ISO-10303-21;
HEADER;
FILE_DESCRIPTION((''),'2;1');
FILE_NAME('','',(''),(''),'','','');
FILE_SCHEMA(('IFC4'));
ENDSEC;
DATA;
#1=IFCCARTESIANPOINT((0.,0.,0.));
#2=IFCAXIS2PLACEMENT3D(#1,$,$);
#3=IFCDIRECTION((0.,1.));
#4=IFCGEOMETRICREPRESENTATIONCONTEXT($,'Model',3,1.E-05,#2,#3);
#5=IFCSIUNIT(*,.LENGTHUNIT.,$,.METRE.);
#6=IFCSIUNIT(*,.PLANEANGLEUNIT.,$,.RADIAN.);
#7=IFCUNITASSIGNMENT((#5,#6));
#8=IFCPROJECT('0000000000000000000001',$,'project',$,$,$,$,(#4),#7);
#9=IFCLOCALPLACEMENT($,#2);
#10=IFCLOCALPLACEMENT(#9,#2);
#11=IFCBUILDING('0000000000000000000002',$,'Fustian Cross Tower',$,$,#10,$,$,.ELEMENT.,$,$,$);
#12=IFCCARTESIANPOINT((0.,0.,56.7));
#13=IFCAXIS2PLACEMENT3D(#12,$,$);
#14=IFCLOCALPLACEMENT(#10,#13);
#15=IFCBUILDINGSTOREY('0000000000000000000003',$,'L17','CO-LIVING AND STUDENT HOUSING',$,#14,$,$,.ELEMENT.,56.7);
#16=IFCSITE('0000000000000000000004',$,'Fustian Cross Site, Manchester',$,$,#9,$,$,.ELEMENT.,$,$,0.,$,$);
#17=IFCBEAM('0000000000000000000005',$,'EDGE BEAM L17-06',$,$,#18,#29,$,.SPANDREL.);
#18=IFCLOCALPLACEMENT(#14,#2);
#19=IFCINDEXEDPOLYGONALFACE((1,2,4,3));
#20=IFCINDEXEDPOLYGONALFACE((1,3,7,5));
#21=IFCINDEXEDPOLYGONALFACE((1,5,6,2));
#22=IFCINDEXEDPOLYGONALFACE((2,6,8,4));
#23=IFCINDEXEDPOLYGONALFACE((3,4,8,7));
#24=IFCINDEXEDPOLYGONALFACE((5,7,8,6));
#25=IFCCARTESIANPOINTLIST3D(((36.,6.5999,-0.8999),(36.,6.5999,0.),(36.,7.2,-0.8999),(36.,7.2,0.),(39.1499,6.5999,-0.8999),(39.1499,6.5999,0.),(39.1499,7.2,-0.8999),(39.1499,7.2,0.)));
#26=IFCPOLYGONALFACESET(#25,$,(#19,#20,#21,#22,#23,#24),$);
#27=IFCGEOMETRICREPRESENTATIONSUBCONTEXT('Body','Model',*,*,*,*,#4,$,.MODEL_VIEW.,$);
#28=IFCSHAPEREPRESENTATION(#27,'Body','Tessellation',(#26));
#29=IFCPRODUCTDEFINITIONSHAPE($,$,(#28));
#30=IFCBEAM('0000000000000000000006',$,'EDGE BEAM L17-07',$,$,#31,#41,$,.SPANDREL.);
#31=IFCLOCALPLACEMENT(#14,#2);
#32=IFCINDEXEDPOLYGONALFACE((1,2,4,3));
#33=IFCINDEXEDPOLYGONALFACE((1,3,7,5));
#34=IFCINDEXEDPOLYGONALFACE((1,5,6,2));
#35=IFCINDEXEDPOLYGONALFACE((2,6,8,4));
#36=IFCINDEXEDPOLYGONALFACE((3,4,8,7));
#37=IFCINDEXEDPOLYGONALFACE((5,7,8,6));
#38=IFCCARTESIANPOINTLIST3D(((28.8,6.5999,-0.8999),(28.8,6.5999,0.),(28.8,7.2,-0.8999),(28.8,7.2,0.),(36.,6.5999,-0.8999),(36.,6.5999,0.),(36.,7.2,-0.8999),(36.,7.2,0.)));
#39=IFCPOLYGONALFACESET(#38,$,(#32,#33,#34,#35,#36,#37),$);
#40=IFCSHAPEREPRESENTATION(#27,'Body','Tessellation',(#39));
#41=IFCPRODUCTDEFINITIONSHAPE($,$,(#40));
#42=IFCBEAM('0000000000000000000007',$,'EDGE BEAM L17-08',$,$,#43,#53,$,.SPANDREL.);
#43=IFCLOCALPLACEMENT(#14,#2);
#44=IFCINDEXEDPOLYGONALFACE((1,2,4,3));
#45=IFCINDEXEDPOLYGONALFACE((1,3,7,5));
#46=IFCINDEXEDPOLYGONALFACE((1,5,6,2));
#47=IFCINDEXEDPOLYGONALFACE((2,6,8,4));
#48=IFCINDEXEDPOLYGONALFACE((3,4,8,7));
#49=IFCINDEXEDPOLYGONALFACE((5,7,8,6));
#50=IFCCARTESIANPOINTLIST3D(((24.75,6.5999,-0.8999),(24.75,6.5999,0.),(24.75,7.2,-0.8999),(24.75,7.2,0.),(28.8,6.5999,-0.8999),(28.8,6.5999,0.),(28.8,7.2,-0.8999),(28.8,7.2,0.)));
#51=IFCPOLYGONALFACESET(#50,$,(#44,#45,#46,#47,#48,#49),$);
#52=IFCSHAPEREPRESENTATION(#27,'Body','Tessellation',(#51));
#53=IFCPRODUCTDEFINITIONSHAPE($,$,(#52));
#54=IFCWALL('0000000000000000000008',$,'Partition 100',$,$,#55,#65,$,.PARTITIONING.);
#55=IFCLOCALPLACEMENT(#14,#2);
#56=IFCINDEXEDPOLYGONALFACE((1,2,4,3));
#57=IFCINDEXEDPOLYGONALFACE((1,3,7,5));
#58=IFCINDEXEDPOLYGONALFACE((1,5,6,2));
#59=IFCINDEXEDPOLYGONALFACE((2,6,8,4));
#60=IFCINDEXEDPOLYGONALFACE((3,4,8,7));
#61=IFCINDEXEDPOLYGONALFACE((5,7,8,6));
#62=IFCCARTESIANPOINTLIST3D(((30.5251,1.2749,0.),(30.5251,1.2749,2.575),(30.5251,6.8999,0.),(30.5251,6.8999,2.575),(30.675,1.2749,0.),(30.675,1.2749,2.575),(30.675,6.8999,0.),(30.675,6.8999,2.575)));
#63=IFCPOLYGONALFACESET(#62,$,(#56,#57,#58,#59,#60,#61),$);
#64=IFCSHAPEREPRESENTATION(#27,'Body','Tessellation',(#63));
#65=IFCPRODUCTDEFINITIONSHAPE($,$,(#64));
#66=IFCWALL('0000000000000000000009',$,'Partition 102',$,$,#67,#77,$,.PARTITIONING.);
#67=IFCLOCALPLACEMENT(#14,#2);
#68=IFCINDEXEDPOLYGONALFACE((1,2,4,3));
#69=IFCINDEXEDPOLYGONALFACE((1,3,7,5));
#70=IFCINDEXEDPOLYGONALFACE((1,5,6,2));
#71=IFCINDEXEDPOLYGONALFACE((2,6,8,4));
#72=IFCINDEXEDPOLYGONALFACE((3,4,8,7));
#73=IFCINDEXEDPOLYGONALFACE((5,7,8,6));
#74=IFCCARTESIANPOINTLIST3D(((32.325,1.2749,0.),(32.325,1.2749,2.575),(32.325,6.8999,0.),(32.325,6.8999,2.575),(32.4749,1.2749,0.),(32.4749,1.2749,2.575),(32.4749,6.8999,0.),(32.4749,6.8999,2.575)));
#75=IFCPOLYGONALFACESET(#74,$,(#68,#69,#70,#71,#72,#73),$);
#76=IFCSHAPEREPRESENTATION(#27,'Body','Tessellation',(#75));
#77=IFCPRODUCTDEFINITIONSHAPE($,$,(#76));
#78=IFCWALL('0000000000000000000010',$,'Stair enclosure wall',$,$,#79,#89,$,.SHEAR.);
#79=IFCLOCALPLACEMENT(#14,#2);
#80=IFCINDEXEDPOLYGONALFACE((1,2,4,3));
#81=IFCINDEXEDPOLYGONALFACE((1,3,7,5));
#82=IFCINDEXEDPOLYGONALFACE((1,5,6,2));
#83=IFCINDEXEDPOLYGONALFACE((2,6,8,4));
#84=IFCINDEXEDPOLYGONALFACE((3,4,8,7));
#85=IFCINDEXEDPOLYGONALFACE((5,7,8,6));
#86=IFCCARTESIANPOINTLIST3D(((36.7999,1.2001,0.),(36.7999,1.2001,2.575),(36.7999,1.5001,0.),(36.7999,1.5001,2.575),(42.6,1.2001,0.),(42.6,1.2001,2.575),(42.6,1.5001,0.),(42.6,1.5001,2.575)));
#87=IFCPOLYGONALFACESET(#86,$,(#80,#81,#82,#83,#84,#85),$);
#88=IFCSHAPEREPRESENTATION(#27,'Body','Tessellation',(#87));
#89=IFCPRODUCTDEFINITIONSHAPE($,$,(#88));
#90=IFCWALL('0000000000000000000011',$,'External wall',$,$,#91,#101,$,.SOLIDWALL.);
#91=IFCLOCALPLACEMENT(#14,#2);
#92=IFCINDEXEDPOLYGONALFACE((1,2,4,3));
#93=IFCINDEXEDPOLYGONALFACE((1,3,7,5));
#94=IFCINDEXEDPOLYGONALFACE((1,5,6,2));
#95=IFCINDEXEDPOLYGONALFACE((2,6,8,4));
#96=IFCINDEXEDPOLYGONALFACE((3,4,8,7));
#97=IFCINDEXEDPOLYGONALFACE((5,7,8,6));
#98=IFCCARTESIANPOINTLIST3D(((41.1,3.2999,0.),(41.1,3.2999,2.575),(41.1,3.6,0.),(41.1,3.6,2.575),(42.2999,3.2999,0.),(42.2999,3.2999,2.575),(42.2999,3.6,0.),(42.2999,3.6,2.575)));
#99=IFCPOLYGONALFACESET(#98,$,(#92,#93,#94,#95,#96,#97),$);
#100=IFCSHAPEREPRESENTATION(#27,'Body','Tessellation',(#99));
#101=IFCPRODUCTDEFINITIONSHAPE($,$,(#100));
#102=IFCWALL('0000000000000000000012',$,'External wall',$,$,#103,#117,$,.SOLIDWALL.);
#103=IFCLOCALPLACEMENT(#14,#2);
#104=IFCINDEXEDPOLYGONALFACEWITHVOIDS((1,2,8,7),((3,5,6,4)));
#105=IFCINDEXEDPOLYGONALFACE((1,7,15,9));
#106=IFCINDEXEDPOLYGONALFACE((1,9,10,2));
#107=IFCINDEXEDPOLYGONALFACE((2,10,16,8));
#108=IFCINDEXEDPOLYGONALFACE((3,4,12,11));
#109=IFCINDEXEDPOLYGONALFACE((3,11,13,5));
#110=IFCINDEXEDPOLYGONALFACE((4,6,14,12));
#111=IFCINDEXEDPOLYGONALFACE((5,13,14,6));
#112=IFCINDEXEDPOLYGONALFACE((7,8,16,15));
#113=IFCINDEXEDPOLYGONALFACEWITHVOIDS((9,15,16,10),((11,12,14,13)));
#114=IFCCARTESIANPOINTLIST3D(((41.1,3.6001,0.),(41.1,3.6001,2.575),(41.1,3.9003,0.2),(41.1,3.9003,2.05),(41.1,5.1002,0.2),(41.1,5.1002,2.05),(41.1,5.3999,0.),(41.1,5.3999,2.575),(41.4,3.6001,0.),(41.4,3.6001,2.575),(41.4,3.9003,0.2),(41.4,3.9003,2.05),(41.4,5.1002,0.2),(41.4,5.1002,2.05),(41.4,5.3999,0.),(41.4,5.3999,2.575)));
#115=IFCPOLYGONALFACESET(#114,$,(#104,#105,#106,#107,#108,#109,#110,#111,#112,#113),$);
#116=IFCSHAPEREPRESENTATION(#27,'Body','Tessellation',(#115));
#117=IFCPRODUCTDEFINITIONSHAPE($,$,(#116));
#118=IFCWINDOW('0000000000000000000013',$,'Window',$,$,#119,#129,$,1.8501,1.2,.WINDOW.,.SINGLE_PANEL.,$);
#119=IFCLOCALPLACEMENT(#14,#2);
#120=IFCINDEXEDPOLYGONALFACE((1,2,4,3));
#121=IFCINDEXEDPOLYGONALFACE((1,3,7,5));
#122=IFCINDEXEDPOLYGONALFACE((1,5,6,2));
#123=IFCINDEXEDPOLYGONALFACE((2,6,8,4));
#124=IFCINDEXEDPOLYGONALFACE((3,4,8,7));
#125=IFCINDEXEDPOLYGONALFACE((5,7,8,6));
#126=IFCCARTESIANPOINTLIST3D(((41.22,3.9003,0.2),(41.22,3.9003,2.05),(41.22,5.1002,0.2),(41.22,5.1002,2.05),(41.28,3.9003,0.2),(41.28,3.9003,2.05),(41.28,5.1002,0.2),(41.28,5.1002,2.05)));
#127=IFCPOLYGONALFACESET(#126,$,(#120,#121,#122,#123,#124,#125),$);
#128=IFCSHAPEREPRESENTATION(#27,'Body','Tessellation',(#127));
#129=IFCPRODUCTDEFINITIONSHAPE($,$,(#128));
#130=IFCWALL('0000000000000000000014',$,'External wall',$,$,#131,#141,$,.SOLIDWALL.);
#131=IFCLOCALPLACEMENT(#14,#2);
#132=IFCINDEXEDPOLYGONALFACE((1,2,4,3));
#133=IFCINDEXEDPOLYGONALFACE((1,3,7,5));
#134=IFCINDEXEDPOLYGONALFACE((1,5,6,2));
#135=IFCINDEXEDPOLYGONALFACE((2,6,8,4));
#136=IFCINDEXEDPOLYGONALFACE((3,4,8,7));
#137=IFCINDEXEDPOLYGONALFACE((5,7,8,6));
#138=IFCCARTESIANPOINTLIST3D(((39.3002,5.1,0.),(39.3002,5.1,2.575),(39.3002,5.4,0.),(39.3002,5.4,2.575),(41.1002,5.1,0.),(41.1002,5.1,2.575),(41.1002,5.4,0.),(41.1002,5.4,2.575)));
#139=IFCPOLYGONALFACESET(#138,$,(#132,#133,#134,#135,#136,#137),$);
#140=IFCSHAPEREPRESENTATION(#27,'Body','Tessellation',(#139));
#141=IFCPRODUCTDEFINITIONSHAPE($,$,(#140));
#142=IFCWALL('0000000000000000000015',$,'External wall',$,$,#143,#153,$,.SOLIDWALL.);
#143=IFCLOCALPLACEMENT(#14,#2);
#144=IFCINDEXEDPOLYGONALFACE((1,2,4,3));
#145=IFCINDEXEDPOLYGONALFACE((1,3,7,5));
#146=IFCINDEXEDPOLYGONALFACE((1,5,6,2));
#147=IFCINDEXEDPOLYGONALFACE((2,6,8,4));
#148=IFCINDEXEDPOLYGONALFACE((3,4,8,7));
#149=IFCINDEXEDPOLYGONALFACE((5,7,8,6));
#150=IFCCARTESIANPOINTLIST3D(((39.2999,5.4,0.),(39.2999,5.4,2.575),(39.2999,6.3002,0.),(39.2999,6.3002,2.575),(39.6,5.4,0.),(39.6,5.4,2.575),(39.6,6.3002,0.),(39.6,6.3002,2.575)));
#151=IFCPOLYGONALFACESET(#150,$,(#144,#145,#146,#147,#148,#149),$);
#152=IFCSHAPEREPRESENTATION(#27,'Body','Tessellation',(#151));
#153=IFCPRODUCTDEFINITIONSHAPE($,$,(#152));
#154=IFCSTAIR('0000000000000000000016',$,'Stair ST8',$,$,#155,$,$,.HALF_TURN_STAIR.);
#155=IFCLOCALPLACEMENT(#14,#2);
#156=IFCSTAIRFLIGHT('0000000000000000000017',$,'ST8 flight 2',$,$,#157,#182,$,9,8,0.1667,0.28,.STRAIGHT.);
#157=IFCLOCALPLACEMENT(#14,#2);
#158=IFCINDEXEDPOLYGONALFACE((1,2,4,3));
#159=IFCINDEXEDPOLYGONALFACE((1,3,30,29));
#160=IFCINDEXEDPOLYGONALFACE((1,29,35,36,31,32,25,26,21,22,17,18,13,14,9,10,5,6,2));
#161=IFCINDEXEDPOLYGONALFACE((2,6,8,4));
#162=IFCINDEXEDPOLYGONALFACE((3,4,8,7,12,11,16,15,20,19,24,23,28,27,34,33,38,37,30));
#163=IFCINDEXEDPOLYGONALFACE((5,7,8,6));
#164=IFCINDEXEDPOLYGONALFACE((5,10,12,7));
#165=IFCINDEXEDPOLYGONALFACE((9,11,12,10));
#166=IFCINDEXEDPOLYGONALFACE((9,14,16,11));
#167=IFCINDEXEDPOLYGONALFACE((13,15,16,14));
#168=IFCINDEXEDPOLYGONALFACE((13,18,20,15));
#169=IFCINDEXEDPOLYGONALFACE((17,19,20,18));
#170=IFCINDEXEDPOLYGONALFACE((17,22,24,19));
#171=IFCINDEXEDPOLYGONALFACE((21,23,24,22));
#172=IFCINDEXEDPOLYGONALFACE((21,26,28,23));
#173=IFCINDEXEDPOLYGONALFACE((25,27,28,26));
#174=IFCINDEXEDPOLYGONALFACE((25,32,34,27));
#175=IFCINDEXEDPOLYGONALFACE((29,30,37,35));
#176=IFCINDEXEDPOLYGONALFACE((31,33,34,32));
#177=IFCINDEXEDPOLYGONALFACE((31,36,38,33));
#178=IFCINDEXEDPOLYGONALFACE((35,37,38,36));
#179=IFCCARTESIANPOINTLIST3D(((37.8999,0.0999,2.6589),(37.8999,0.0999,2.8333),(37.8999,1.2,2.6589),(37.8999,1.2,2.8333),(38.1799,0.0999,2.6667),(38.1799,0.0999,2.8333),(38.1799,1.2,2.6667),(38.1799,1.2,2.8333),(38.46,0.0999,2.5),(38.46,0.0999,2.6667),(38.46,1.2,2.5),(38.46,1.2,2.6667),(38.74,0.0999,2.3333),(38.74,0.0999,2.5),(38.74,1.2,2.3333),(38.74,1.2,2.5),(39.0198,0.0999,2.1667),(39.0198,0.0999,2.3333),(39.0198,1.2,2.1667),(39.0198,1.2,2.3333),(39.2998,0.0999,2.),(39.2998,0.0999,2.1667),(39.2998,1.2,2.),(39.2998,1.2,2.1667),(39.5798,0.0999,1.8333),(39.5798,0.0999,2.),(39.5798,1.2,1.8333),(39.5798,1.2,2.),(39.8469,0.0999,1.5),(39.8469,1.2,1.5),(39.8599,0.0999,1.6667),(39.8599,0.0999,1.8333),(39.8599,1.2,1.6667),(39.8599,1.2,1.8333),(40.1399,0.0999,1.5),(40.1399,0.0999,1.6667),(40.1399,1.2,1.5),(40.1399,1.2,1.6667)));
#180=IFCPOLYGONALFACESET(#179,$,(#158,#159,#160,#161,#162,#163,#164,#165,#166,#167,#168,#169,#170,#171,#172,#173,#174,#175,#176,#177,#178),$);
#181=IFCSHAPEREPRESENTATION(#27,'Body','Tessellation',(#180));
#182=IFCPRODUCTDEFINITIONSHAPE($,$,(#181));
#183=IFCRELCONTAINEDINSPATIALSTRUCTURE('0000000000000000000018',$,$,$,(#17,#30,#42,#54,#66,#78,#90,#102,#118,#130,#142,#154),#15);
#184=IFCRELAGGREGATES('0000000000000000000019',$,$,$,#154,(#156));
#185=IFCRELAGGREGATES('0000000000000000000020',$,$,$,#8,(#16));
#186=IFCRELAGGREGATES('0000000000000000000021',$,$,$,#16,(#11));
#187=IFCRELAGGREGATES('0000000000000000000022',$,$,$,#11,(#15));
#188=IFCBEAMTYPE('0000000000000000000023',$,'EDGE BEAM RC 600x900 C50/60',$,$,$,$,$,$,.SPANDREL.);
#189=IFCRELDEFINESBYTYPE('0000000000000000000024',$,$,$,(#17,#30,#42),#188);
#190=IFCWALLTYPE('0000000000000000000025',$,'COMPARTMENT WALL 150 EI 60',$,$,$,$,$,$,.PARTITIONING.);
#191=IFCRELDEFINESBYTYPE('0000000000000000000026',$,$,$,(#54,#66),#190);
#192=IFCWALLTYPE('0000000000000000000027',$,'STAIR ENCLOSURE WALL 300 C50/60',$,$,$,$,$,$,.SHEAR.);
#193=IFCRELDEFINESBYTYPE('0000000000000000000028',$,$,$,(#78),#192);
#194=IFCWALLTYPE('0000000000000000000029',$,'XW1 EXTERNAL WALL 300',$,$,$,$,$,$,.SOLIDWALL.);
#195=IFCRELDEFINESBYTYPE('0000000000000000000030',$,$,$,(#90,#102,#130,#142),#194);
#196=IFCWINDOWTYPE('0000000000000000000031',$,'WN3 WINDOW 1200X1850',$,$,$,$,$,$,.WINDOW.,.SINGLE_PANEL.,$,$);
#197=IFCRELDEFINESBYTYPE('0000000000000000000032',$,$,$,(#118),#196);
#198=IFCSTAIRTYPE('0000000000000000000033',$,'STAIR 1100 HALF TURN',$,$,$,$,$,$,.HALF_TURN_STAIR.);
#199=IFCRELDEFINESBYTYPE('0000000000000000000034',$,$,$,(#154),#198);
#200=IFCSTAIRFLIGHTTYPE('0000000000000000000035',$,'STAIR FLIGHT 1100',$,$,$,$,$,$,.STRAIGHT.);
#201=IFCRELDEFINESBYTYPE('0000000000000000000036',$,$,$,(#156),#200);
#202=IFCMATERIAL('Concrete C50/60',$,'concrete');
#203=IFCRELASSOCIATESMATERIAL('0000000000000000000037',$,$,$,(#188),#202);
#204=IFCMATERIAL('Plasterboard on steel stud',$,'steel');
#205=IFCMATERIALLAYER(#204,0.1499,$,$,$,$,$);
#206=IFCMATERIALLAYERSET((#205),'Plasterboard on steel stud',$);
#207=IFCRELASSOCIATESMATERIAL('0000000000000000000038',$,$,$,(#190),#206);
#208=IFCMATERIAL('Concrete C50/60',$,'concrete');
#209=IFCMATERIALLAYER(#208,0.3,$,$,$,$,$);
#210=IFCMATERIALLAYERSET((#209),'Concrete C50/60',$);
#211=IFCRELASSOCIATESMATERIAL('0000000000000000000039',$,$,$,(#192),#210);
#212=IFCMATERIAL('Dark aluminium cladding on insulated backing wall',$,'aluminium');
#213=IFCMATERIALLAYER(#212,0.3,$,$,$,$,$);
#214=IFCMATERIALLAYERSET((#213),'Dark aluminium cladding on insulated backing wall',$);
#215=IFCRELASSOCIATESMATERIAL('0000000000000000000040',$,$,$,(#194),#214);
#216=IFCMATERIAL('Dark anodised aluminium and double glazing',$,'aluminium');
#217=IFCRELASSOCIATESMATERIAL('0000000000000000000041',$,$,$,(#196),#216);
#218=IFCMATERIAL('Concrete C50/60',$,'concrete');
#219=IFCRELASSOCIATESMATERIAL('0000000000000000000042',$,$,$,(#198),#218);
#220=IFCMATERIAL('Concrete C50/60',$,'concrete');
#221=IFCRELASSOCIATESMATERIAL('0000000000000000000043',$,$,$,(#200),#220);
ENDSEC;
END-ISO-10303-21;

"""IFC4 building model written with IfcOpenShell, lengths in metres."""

from ifc_helpers import new_model, si_unit, direction, frame, frame_2d, origin, origin_2d, place, context, subcontext, project, spatial, polyline, rectangle, outline, extrude, material, layer, layer_set, material_profile, profile_set, type_object, element, fill, aggregate, save


model = new_model("IFC4")

# Units and contexts
model_context = context("Model", 3, precision=1e-05, world=origin(), true_north=direction((0.0, 1.0)))
body_context = subcontext(model_context, "Body", "Model", "MODEL_VIEW")
ifc_project = project(units=[si_unit("LENGTHUNIT", "METRE"), si_unit("PLANEANGLEUNIT", "RADIAN")], contexts=[model_context])

# Site, building, storey
site_placement = place(None, origin())
site = spatial("IfcSite", under=ifc_project, at=site_placement, Name="Fustian Cross Site, Manchester", CompositionType="ELEMENT", RefElevation=0.0)
building_placement = place(site_placement, origin())
building = spatial("IfcBuilding", under=site, at=building_placement, Name="Fustian Cross Tower", CompositionType="ELEMENT")
storey_placement = place(building_placement, frame((0.0, 0.0, 56.7)))
storey = spatial("IfcBuildingStorey", under=building, at=storey_placement, Name="L17", Description="CO-LIVING AND STUDENT HOUSING", CompositionType="ELEMENT", Elevation=56.7)

# Beams
ifc_material_1 = material(Name="Concrete C50/60", Category="concrete")
ifc_material_profile_1 = material_profile(ifc_material_1, rectangle(XDim=0.6001, YDim=0.8999, at=origin_2d()), Name="RC 600x900")
ifc_profile_set_1 = profile_set([ifc_material_profile_1], Name="Concrete C50/60")
beam_type = type_object("IfcBeamType", Name="EDGE BEAM RC 600x900 C50/60", PredefinedType="SPANDREL", material=ifc_profile_set_1)
beam_1_placement = place(storey_placement, frame((39.1499, 6.8999, -0.45), z_axis=(-1.0, 0.0, 0.0), x_axis=(0.0, -1.0, 0.0)))
element("IfcBeam", 1, at=beam_1_placement, inside=storey, type_object=beam_type, Name="EDGE BEAM L17-06", PredefinedType="SPANDREL", context=body_context, shape_type="SweptSolid", body=[
    extrude(rectangle(XDim=0.6001, YDim=0.8999, at=origin_2d()), origin(), (0.0, 0.0, 1.0), 3.1499),
])
beam_2_placement = place(storey_placement, frame((36.0, 6.8999, -0.45), z_axis=(-1.0, 0.0, 0.0), x_axis=(0.0, -1.0, 0.0)))
element("IfcBeam", 2, at=beam_2_placement, inside=storey, type_object=beam_type, Name="EDGE BEAM L17-07", PredefinedType="SPANDREL", context=body_context, shape_type="SweptSolid", body=[
    extrude(rectangle(XDim=0.6001, YDim=0.8999, at=origin_2d()), origin(), (0.0, 0.0, 1.0), 7.2),
])
beam_3_placement = place(storey_placement, frame((28.8, 6.8999, -0.45), z_axis=(-1.0, 0.0, 0.0), x_axis=(0.0, -1.0, 0.0)))
element("IfcBeam", 3, at=beam_3_placement, inside=storey, type_object=beam_type, Name="EDGE BEAM L17-08", PredefinedType="SPANDREL", context=body_context, shape_type="SweptSolid", body=[
    extrude(rectangle(XDim=0.6001, YDim=0.8999, at=origin_2d()), origin(), (0.0, 0.0, 1.0), 4.05),
])

# Walls
ifc_material_2 = material(Name="Plasterboard on steel stud", Category="steel")
ifc_layer_1 = layer(ifc_material_2, 0.1499)
ifc_layer_set_1 = layer_set([ifc_layer_1], Name="Plasterboard on steel stud")
wall_type_1 = type_object("IfcWallType", Name="COMPARTMENT WALL 150 EI 60", PredefinedType="PARTITIONING", material=ifc_layer_set_1)
for number, where, z_axis, x_axis, name in (
    (4, (30.6001, 1.2749, 0.0), (0.0, 0.0, 1.0), (0.0, 1.0, 0.0), "Partition 100"),
    (5, (32.3999, 1.2749, 0.0), (0.0, 0.0, 1.0), (0.0, 1.0, 0.0), "Partition 102"),
):
    element("IfcWall", number, at=place(storey_placement, frame(where, z_axis=z_axis, x_axis=x_axis)), inside=storey, type_object=wall_type_1, Name=name, PredefinedType="PARTITIONING", context=body_context, shape_type="SweptSolid", body=[
        extrude(rectangle(XDim=5.625, YDim=0.1499, at=frame_2d((2.8125, 0.0))), origin(), (0.0, 0.0, 1.0), 2.575),
    ])
ifc_material_3 = material(Name="Concrete C50/60", Category="concrete")
ifc_layer_2 = layer(ifc_material_3, 0.3)
ifc_layer_set_2 = layer_set([ifc_layer_2], Name="Concrete C50/60")
wall_type_2 = type_object("IfcWallType", Name="STAIR ENCLOSURE WALL 300 C50/60", PredefinedType="SHEAR", material=ifc_layer_set_2)
wall_1_placement = place(storey_placement, frame((36.8, 1.3501, 0.0), z_axis=(0.0, 0.0, 1.0), x_axis=(1.0, 0.0, 0.0)))
element("IfcWall", 6, at=wall_1_placement, inside=storey, type_object=wall_type_2, Name="Stair enclosure wall", PredefinedType="SHEAR", context=body_context, shape_type="SweptSolid", body=[
    extrude(rectangle(XDim=5.8, YDim=0.3, at=frame_2d((2.8999, 0.0))), origin(), (0.0, 0.0, 1.0), 2.575),
])
ifc_material_4 = material(Name="Dark aluminium cladding on insulated backing wall", Category="aluminium")
ifc_layer_3 = layer(ifc_material_4, 0.3)
ifc_layer_set_3 = layer_set([ifc_layer_3], Name="Dark aluminium cladding on insulated backing wall")
wall_type_3 = type_object("IfcWallType", Name="XW1 EXTERNAL WALL 300", PredefinedType="SOLIDWALL", material=ifc_layer_set_3)
wall_2_placement = place(storey_placement, frame((42.3, 3.45, 0.0), z_axis=(0.0, 0.0, 1.0), x_axis=(-1.0, 0.0, 0.0)))
element("IfcWall", 7, at=wall_2_placement, inside=storey, type_object=wall_type_3, Name="External wall", PredefinedType="SOLIDWALL", context=body_context, shape_type="SweptSolid", body=[
    extrude(rectangle(XDim=1.2, YDim=0.3, at=frame_2d((0.6001, 0.0))), origin(), (0.0, 0.0, 1.0), 2.575),
])

# Wall, opening, window
wall_3_placement = place(storey_placement, frame((41.25, 3.6001, 0.0), z_axis=(0.0, 0.0, 1.0), x_axis=(0.0, 1.0, 0.0)))
wall_3 = element("IfcWall", 8, at=wall_3_placement, inside=storey, type_object=wall_type_3, Name="External wall", PredefinedType="SOLIDWALL", context=body_context, shape_type="SweptSolid", body=[
    extrude(rectangle(XDim=1.7998, YDim=0.3, at=frame_2d((0.8999, 0.0))), origin(), (0.0, 0.0, 1.0), 2.575),
])
opening_placement = place(wall_3_placement, frame((0.3, 0.0, 0.2)))
opening = element("IfcOpeningElement", 9, at=opening_placement, cuts=wall_3, PredefinedType="OPENING", context=body_context, shape_type="SweptSolid", body=[
    extrude(rectangle(XDim=1.2, YDim=1.8501, at=frame_2d((0.6001, 0.925))), frame((0.0, 0.1599, 0.0), z_axis=(0.0, -1.0, 0.0), x_axis=(1.0, 0.0, 0.0)), (0.0, 0.0, 1.0), 0.3201),
])
ifc_material_5 = material(Name="Dark anodised aluminium and double glazing", Category="aluminium")
window_type = type_object("IfcWindowType", Name="WN3 WINDOW 1200X1850", PartitioningType="SINGLE_PANEL", PredefinedType="WINDOW", material=ifc_material_5)
window_placement = place(opening_placement, origin())
window = element("IfcWindow", 10, at=window_placement, inside=storey, type_object=window_type, Name="Window", OverallHeight=1.8501, OverallWidth=1.2, PartitioningType="SINGLE_PANEL", PredefinedType="WINDOW", context=body_context, shape_type="SweptSolid", body=[
    extrude(rectangle(XDim=1.2, YDim=1.8501, at=frame_2d((0.6001, 0.925))), frame((0.0, 0.03, 0.0), z_axis=(0.0, -1.0, 0.0), x_axis=(1.0, 0.0, 0.0)), (0.0, 0.0, 1.0), 0.0601),
])
fill(opening, window)

# Walls
wall_4_placement = place(storey_placement, frame((41.1001, 5.25, 0.0), z_axis=(0.0, 0.0, 1.0), x_axis=(-1.0, 0.0, 0.0)))
element("IfcWall", 11, at=wall_4_placement, inside=storey, type_object=wall_type_3, Name="External wall", PredefinedType="SOLIDWALL", context=body_context, shape_type="SweptSolid", body=[
    extrude(rectangle(XDim=1.8, YDim=0.3, at=frame_2d((0.8999, 0.0))), origin(), (0.0, 0.0, 1.0), 2.575),
])
wall_5_placement = place(storey_placement, frame((39.45, 5.3999, 0.0), z_axis=(0.0, 0.0, 1.0), x_axis=(0.0, 1.0, 0.0)))
element("IfcWall", 12, at=wall_5_placement, inside=storey, type_object=wall_type_3, Name="External wall", PredefinedType="SOLIDWALL", context=body_context, shape_type="SweptSolid", body=[
    extrude(rectangle(XDim=0.9001, YDim=0.3, at=frame_2d((0.4502, 0.0))), origin(), (0.0, 0.0, 1.0), 2.575),
])

# Stair, stair flight
ifc_material_6 = material(Name="Concrete C50/60", Category="concrete")
stair_type = type_object("IfcStairType", Name="STAIR 1100 HALF TURN", PredefinedType="HALF_TURN_STAIR", material=ifc_material_6)
stair_placement = place(storey_placement, origin())
stair = element("IfcStair", 13, at=stair_placement, inside=storey, type_object=stair_type, Name="Stair ST8", PredefinedType="HALF_TURN_STAIR")
ifc_material_7 = material(Name="Concrete C50/60", Category="concrete")
stair_flight_type = type_object("IfcStairFlightType", Name="STAIR FLIGHT 1100", PredefinedType="STRAIGHT", material=ifc_material_7)
stair_flight_placement = place(storey_placement, frame((40.1399, 0.6499, 1.5), z_axis=(0.0, 0.0, 1.0), x_axis=(-1.0, 0.0, 0.0)))
stair_flight = element("IfcStairFlight", 14, at=stair_flight_placement, type_object=stair_flight_type, Name="ST8 flight 2", NumberOfRisers=9, NumberOfTreads=8, PredefinedType="STRAIGHT", RiserHeight=0.1667, TreadLength=0.28, context=body_context, shape_type="SweptSolid", body=[
    extrude(outline(polyline([(0.0, 0.0), (0.0, 0.1667), (0.28, 0.1667), (0.28, 0.3333), (0.5601, 0.3333), (0.5601, 0.5), (0.8401, 0.5), (0.8401, 0.6667), (1.1201, 0.6667), (1.1201, 0.8333), (1.3999, 0.8333), (1.3999, 1.0), (1.6799, 1.0), (1.6799, 1.1667), (1.96, 1.1667), (1.96, 1.3333), (2.24, 1.3333), (2.24, 1.5), (2.24, 1.1589), (0.293, 0.0), (0.0, 0.0)])), frame((0.0, 0.55, 0.0), z_axis=(0.0, -1.0, 0.0), x_axis=(1.0, 0.0, 0.0)), (0.0, 0.0, 1.0), 1.1001),
])
aggregate(stair, [stair_flight])

save(model, "model.ifc")
